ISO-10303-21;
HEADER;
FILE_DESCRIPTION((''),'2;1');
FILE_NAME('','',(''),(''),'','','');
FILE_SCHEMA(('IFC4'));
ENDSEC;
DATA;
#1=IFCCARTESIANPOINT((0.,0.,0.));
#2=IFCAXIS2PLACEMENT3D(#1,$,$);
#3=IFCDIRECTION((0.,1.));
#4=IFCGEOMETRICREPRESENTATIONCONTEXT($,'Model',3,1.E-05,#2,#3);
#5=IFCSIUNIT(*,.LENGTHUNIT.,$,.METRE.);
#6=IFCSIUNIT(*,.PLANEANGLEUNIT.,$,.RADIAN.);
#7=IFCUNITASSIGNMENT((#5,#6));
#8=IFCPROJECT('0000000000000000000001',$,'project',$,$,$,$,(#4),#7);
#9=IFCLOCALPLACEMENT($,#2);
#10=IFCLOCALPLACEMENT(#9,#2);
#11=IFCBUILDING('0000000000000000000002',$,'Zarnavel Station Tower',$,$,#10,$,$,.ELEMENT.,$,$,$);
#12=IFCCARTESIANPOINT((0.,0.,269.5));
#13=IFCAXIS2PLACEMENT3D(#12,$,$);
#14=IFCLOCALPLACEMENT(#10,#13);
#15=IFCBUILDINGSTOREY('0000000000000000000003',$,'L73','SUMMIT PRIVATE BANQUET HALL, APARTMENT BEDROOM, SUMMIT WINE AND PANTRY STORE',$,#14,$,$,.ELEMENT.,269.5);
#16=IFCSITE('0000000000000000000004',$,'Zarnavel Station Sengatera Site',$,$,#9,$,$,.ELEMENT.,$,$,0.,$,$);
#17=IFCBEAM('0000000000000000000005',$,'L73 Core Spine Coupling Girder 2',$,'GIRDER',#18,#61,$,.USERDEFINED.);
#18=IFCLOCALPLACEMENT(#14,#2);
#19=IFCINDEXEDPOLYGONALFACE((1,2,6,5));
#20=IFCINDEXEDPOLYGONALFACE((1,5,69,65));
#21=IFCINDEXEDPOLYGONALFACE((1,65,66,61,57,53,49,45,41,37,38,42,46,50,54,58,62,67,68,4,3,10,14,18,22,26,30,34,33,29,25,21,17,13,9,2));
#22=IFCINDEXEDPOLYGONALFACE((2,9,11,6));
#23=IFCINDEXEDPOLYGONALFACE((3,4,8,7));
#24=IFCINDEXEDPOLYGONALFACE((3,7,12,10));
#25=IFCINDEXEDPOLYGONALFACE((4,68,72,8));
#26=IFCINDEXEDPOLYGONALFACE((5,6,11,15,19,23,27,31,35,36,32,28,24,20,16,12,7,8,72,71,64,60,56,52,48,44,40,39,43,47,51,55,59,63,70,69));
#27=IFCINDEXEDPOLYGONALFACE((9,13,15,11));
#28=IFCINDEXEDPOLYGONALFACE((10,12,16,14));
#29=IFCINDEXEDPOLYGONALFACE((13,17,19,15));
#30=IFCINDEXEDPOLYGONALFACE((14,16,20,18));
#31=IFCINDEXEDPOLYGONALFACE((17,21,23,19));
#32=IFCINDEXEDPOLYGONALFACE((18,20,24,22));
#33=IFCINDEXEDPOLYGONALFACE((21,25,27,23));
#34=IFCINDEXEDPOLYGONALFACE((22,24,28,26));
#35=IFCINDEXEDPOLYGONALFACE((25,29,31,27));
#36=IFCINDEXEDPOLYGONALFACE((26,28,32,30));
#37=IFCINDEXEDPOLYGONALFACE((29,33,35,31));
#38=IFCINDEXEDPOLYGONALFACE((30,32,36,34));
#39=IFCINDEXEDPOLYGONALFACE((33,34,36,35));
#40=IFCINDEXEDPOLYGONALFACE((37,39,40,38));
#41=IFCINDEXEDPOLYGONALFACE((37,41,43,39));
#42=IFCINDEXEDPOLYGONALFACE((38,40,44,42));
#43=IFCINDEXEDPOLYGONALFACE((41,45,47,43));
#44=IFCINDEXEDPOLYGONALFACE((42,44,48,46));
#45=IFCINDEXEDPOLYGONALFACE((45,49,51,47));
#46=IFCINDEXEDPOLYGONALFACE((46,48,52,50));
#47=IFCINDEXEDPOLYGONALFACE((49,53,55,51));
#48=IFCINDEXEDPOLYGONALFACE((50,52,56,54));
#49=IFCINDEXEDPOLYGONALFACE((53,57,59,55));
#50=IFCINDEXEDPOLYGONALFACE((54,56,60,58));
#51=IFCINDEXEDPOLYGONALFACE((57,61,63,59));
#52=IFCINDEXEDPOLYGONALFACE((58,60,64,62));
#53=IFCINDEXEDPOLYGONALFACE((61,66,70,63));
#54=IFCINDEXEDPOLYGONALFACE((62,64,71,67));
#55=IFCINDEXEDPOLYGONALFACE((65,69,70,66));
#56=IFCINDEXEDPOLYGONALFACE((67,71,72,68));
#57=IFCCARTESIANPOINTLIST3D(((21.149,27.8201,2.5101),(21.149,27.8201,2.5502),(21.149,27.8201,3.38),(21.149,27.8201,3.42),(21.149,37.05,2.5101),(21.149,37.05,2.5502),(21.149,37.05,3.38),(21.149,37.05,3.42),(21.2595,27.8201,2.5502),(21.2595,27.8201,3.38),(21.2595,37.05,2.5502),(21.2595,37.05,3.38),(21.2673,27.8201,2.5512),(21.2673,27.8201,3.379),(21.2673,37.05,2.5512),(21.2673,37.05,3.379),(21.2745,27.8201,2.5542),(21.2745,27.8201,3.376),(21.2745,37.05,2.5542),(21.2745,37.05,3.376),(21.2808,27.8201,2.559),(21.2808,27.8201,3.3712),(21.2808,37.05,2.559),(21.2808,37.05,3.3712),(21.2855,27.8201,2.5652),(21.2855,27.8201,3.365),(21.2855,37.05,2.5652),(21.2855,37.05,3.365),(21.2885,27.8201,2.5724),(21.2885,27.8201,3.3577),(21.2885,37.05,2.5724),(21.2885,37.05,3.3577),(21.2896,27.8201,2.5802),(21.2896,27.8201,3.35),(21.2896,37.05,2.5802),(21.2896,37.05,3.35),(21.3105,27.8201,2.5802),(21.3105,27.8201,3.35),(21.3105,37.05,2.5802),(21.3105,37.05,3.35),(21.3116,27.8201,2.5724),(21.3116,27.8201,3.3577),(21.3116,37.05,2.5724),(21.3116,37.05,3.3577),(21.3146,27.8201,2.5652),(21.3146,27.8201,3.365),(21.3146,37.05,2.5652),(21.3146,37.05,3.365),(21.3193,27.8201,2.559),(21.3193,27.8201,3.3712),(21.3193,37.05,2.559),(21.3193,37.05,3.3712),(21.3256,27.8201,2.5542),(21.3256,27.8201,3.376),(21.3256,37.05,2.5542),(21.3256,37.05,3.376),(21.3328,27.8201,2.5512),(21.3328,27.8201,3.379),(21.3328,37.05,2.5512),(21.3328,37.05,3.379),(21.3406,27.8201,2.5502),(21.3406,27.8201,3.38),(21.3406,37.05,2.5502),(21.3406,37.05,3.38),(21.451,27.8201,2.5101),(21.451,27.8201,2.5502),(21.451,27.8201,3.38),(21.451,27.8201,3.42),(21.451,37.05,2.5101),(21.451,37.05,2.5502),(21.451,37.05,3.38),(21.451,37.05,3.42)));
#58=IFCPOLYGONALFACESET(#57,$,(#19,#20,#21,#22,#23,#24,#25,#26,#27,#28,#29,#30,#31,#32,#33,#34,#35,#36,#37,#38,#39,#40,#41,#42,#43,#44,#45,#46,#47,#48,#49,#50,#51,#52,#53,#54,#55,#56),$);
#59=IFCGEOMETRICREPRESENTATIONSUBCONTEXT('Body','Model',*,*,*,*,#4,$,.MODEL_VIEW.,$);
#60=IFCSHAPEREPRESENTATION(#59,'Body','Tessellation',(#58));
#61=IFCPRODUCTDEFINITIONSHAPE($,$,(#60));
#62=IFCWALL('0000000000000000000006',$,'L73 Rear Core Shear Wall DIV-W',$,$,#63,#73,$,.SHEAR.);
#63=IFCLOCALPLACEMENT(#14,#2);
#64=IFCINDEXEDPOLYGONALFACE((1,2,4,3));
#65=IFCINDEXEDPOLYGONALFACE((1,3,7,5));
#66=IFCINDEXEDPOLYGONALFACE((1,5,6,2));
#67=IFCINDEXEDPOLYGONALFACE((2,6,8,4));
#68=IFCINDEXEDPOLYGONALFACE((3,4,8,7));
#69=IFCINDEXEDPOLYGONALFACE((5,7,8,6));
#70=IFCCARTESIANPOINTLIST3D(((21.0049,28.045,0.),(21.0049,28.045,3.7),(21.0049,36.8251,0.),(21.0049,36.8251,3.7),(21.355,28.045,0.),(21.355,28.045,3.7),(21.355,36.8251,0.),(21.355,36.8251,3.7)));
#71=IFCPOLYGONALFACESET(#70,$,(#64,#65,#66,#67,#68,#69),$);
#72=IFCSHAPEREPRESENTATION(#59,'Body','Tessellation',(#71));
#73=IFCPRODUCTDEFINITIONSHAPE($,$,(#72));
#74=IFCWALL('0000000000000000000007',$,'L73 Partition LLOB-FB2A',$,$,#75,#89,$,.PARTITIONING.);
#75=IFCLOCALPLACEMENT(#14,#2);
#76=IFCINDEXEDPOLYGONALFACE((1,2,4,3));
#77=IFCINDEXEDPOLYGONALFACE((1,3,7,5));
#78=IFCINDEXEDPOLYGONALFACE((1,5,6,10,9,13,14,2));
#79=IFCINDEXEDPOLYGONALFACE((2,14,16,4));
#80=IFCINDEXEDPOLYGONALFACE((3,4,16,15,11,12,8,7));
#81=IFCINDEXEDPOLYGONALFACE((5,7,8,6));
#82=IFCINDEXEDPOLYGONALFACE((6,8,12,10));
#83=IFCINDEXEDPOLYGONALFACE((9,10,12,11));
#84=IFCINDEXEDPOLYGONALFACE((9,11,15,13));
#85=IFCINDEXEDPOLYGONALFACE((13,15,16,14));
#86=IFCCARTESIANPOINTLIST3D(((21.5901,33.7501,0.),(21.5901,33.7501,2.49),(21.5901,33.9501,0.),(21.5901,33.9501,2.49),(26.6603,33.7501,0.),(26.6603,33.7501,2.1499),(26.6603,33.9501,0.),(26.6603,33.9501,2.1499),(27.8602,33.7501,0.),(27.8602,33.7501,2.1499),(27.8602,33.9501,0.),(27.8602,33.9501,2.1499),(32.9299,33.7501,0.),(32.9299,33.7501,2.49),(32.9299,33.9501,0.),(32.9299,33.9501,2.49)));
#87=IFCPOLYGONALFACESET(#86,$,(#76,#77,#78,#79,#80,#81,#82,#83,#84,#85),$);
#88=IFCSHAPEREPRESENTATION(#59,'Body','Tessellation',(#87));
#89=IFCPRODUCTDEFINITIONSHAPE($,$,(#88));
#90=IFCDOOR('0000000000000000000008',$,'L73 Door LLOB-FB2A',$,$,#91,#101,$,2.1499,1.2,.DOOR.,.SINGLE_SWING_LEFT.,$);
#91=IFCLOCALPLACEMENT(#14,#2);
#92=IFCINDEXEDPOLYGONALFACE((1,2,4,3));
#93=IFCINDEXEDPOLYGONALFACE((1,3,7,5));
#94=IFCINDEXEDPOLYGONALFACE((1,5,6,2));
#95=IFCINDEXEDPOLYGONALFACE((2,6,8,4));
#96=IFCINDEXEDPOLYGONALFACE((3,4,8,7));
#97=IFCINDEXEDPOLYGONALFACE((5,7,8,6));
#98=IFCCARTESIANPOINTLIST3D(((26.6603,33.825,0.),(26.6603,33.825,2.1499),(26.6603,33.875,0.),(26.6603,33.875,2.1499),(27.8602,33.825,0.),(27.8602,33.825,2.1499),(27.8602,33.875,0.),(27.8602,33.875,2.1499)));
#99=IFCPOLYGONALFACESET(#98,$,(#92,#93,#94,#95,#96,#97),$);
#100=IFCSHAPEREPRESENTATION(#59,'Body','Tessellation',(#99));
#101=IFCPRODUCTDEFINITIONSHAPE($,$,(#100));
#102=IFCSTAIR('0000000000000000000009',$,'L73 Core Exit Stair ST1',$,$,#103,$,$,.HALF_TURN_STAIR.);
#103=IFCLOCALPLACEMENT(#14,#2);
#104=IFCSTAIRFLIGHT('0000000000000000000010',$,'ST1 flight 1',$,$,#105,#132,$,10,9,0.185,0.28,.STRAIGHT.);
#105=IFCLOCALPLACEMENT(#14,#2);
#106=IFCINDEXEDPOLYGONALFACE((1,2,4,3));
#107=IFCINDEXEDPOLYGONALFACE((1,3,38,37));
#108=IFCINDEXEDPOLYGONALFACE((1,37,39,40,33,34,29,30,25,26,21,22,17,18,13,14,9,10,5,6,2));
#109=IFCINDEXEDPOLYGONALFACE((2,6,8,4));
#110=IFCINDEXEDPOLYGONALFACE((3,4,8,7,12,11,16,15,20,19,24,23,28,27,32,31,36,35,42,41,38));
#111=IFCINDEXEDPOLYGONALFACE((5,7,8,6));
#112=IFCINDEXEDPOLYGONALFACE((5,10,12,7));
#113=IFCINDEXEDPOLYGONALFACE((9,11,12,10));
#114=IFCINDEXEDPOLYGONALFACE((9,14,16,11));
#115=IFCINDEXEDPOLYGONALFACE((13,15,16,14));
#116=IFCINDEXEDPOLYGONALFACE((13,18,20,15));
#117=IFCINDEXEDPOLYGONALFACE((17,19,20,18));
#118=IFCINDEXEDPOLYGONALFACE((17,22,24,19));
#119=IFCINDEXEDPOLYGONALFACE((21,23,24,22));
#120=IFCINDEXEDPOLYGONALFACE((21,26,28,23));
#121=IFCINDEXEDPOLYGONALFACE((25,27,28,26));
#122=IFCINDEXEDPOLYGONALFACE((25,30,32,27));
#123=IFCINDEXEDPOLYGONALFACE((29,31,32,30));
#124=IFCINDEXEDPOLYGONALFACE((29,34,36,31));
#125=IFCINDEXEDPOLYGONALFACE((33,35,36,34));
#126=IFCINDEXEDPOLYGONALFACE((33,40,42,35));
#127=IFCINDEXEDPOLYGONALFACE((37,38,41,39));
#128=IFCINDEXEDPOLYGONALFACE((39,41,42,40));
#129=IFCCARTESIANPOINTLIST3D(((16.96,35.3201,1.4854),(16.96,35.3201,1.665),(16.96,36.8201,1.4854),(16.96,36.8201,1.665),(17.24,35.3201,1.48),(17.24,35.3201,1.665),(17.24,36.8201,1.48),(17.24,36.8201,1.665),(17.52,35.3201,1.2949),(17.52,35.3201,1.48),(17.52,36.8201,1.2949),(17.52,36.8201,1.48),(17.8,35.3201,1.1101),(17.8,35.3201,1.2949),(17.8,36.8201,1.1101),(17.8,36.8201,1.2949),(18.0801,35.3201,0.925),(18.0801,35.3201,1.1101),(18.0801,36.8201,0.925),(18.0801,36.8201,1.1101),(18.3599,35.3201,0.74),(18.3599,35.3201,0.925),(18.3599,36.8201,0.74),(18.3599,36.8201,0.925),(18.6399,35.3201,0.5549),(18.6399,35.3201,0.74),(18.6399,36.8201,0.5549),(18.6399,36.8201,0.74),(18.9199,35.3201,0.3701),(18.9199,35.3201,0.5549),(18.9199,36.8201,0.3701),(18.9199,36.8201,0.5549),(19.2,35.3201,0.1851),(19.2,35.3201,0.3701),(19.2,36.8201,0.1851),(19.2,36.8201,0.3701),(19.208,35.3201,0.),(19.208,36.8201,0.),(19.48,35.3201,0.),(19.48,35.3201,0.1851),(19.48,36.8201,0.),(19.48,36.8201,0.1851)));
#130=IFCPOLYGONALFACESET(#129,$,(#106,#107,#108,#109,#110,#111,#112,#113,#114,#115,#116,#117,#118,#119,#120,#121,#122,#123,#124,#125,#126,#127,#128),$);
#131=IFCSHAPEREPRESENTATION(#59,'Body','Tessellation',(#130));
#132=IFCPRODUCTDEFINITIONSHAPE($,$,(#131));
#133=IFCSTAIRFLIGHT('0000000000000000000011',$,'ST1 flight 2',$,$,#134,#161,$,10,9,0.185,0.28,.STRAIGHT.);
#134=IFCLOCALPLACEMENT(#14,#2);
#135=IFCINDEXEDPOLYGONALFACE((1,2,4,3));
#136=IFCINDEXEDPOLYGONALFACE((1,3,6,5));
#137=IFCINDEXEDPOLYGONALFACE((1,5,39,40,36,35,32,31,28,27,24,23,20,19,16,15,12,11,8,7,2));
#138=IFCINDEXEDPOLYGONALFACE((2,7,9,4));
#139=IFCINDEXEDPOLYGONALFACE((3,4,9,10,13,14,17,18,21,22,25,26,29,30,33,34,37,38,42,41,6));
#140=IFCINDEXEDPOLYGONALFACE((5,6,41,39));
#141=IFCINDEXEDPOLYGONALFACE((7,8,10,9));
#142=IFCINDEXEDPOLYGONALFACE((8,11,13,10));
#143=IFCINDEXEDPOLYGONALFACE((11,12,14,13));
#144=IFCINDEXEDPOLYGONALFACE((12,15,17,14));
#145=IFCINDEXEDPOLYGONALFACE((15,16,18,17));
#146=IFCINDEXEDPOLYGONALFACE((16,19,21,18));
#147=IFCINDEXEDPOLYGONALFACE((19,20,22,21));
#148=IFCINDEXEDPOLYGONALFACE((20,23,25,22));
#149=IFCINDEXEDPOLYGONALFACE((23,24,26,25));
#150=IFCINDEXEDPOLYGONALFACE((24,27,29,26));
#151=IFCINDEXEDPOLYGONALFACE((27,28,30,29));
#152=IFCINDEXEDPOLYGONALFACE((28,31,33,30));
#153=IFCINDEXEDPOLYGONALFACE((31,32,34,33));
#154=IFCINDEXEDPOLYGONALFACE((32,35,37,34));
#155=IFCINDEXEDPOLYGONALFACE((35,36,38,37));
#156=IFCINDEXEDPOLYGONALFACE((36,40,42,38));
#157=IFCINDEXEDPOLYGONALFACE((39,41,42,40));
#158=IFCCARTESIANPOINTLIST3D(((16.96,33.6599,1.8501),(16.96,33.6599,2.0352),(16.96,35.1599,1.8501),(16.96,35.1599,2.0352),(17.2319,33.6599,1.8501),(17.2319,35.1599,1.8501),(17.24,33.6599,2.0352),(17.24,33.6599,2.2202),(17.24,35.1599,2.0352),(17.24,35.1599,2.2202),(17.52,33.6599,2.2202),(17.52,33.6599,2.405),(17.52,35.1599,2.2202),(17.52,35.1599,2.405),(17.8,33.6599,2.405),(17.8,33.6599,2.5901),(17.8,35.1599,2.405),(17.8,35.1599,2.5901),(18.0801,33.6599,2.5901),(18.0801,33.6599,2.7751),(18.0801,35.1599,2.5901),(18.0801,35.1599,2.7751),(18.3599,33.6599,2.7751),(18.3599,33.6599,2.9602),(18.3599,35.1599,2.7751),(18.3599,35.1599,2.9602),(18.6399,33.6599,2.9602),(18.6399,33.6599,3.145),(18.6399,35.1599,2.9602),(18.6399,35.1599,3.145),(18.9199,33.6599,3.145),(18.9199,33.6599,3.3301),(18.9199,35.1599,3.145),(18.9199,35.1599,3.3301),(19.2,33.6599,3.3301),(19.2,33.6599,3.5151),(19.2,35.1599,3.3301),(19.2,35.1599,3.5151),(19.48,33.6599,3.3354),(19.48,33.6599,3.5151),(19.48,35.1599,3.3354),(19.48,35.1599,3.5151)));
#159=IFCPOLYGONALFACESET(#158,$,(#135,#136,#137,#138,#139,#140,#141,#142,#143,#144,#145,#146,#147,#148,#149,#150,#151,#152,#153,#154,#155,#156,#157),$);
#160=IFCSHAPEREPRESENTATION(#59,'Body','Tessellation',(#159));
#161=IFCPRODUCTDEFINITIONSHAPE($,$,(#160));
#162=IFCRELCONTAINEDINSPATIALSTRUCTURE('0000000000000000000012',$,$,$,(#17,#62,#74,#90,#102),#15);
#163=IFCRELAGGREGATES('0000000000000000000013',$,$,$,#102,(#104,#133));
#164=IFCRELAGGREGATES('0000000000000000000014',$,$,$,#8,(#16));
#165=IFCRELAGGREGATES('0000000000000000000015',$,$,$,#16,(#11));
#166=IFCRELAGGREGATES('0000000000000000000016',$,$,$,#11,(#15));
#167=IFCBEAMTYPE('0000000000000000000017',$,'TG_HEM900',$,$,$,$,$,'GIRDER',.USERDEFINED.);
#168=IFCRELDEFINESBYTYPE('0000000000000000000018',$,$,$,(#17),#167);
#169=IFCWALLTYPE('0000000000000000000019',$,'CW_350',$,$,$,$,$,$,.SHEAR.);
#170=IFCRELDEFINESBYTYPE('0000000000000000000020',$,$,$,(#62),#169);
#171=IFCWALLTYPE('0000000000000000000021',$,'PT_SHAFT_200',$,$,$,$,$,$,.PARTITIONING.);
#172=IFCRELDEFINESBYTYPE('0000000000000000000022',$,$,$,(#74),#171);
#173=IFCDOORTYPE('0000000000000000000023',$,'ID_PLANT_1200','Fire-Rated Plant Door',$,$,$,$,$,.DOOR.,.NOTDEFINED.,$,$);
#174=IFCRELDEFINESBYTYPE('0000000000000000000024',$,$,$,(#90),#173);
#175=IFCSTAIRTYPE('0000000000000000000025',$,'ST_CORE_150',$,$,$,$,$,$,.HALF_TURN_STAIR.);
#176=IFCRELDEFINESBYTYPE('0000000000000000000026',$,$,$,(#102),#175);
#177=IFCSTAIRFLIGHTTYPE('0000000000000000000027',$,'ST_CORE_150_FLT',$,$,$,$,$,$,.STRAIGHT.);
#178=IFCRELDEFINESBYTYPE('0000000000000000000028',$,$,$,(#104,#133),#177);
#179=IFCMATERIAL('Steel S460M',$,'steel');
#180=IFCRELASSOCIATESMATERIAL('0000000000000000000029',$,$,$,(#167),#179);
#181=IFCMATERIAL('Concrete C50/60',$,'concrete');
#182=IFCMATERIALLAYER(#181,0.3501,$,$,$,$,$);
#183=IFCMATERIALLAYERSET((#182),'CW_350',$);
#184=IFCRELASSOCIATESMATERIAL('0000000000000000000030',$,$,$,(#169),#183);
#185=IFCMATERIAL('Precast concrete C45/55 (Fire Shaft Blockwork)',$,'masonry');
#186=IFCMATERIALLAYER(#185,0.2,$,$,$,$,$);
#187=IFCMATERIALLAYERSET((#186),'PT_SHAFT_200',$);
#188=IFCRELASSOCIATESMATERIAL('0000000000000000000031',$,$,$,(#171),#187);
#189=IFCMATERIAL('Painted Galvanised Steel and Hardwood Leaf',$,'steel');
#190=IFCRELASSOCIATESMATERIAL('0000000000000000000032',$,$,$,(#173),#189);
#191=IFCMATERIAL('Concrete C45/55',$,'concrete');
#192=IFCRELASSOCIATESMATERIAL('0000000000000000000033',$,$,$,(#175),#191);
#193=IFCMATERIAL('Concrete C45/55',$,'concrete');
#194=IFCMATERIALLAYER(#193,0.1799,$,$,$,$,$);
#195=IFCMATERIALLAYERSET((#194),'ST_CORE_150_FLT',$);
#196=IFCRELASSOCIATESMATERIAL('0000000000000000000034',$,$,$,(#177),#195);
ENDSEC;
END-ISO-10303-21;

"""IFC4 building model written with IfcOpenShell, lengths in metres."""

from ifc_helpers import new_model, si_unit, direction, frame, frame_2d, origin, origin_2d, place, context, subcontext, project, spatial, polyline, rectangle, i_section, outline, extrude, material, layer, layer_set, material_profile, profile_set, type_object, element, fill, aggregate, save


model = new_model("IFC4")

# Units and contexts
model_context = context("Model", 3, precision=1e-05, world=origin(), true_north=direction((0.0, 1.0)))
body_context = subcontext(model_context, "Body", "Model", "MODEL_VIEW")
ifc_project = project(units=[si_unit("LENGTHUNIT", "METRE"), si_unit("PLANEANGLEUNIT", "RADIAN")], contexts=[model_context])

# Site, building, storey
site_placement = place(None, origin())
site = spatial("IfcSite", under=ifc_project, at=site_placement, Name="Zarnavel Station Sengatera Site", CompositionType="ELEMENT", RefElevation=0.0)
building_placement = place(site_placement, origin())
building = spatial("IfcBuilding", under=site, at=building_placement, Name="Zarnavel Station Tower", CompositionType="ELEMENT")
storey_placement = place(building_placement, frame((0.0, 0.0, 269.5)))
storey = spatial("IfcBuildingStorey", under=building, at=storey_placement, Name="L73", Description="SUMMIT PRIVATE BANQUET HALL, APARTMENT BEDROOM, SUMMIT WINE AND PANTRY STORE", CompositionType="ELEMENT", Elevation=269.5)

# Beam
ifc_material_1 = material(Name="Steel S460M", Category="steel")
ifc_material_profile_1 = material_profile(ifc_material_1, i_section(OverallWidth=0.302, OverallDepth=0.9099, WebThickness=0.021, FlangeThickness=0.04, FilletRadius=0.03, at=origin_2d()), Name="HEM900")
ifc_profile_set_1 = profile_set([ifc_material_profile_1], Name="Steel S460M")
beam_type_1 = type_object("IfcBeamType", Name="TG_HEM900", ElementType="GIRDER", PredefinedType="USERDEFINED", material=ifc_profile_set_1)
beam_1_placement = place(storey_placement, frame((21.3, 27.8201, 2.9651), z_axis=(0.0, 1.0, 0.0), x_axis=(-1.0, 0.0, 0.0)))
element("IfcBeam", 1, at=beam_1_placement, inside=storey, type_object=beam_type_1, Name="L73 Core Spine Coupling Girder 2", ObjectType="GIRDER", PredefinedType="USERDEFINED", context=body_context, shape_type="SweptSolid", body=[
    extrude(i_section(OverallWidth=0.302, OverallDepth=0.9099, WebThickness=0.021, FlangeThickness=0.04, FilletRadius=0.03, at=origin_2d()), origin(), (0.0, 0.0, 1.0), 9.23),
])

# Wall
ifc_material_2 = material(Name="Concrete C50/60", Category="concrete")
ifc_layer_1 = layer(ifc_material_2, 0.3501)
ifc_layer_set_1 = layer_set([ifc_layer_1], Name="CW_350")
wall_type_1 = type_object("IfcWallType", Name="CW_350", PredefinedType="SHEAR", material=ifc_layer_set_1)
wall_1_placement = place(storey_placement, frame((21.1799, 28.0449, 0.0), z_axis=(0.0, 0.0, 1.0), x_axis=(0.0, 1.0, 0.0)))
element("IfcWall", 2, at=wall_1_placement, inside=storey, type_object=wall_type_1, Name="L73 Rear Core Shear Wall DIV-W", PredefinedType="SHEAR", context=body_context, shape_type="SweptSolid", body=[
    extrude(rectangle(XDim=8.78, YDim=0.3501, at=frame_2d((4.3901, 0.0))), origin(), (0.0, 0.0, 1.0), 3.7),
])

# Wall, opening, door
ifc_material_3 = material(Name="Precast concrete C45/55 (Fire Shaft Blockwork)", Category="masonry")
ifc_layer_2 = layer(ifc_material_3, 0.2)
ifc_layer_set_2 = layer_set([ifc_layer_2], Name="PT_SHAFT_200")
wall_type_2 = type_object("IfcWallType", Name="PT_SHAFT_200", PredefinedType="PARTITIONING", material=ifc_layer_set_2)
ifc_material_4 = material(Name="Painted Galvanised Steel and Hardwood Leaf", Category="steel")
door_type_1 = type_object("IfcDoorType", Name="ID_PLANT_1200", Description="Fire-Rated Plant Door", OperationType="NOTDEFINED", PredefinedType="DOOR", material=ifc_material_4)
wall_2_placement = place(storey_placement, frame((21.5901, 33.8501, 0.0), z_axis=(0.0, 0.0, 1.0), x_axis=(1.0, 0.0, 0.0)))
wall_2 = element("IfcWall", 3, at=wall_2_placement, inside=storey, type_object=wall_type_2, Name="L73 Partition LLOB-FB2A", PredefinedType="PARTITIONING", context=body_context, shape_type="SweptSolid", body=[
    extrude(rectangle(XDim=11.3398, YDim=0.2, at=frame_2d((5.6699, 0.0))), origin(), (0.0, 0.0, 1.0), 2.49),
])
opening_1_placement = place(wall_2_placement, frame((5.0701, 0.0, 0.0)))
opening_1 = element("IfcOpeningElement", 4, at=opening_1_placement, cuts=wall_2, PredefinedType="OPENING", context=body_context, shape_type="SweptSolid", body=[
    extrude(rectangle(XDim=1.2, YDim=2.1499, at=frame_2d((0.6001, 1.075))), frame((0.0, 0.1099, 0.0), z_axis=(0.0, -1.0, 0.0), x_axis=(1.0, 0.0, 0.0)), (0.0, 0.0, 1.0), 0.22),
])
door_1_placement = place(opening_1_placement, origin())
door_1 = element("IfcDoor", 5, at=door_1_placement, inside=storey, type_object=door_type_1, Name="L73 Door LLOB-FB2A", OperationType="SINGLE_SWING_LEFT", OverallHeight=2.1499, OverallWidth=1.2, PredefinedType="DOOR", context=body_context, shape_type="SweptSolid", body=[
    extrude(rectangle(XDim=1.2, YDim=2.1499, at=frame_2d((0.6001, 1.075))), frame((0.0, 0.0249, 0.0), z_axis=(0.0, -1.0, 0.0), x_axis=(1.0, 0.0, 0.0)), (0.0, 0.0, 1.0), 0.05),
])
fill(opening_1, door_1)

# Stair, stair flights
ifc_material_5 = material(Name="Concrete C45/55", Category="concrete")
stair_type = type_object("IfcStairType", Name="ST_CORE_150", PredefinedType="HALF_TURN_STAIR", material=ifc_material_5)
stair_placement = place(storey_placement, origin())
stair = element("IfcStair", 6, at=stair_placement, inside=storey, type_object=stair_type, Name="L73 Core Exit Stair ST1", PredefinedType="HALF_TURN_STAIR")
ifc_material_6 = material(Name="Concrete C45/55", Category="concrete")
ifc_layer_3 = layer(ifc_material_6, 0.1799)
ifc_layer_set_3 = layer_set([ifc_layer_3], Name="ST_CORE_150_FLT")
stair_flight_type = type_object("IfcStairFlightType", Name="ST_CORE_150_FLT", PredefinedType="STRAIGHT", material=ifc_layer_set_3)
stair_flight_1_placement = place(storey_placement, frame((19.48, 36.0701, 0.0), z_axis=(0.0, 0.0, 1.0), x_axis=(-1.0, 0.0, 0.0)))
stair_flight_1 = element("IfcStairFlight", 7, at=stair_flight_1_placement, type_object=stair_flight_type, Name="ST1 flight 1", NumberOfRisers=10, NumberOfTreads=9, PredefinedType="STRAIGHT", RiserHeight=0.185, TreadLength=0.28, context=body_context, shape_type="SweptSolid", body=[
    extrude(outline(polyline([(0.0, 0.0), (0.0, 0.1851), (0.28, 0.1851), (0.28, 0.3701), (0.5601, 0.3701), (0.5601, 0.5549), (0.8401, 0.5549), (0.8401, 0.74), (1.1201, 0.74), (1.1201, 0.925), (1.3999, 0.925), (1.3999, 1.1101), (1.6799, 1.1101), (1.6799, 1.2949), (1.96, 1.2949), (1.96, 1.48), (2.24, 1.48), (2.24, 1.665), (2.52, 1.665), (2.52, 1.8501), (2.52, 1.4854), (0.272, 0.0), (0.0, 0.0)])), frame((0.0, 0.75, 0.0), z_axis=(0.0, -1.0, 0.0), x_axis=(1.0, 0.0, 0.0)), (0.0, 0.0, 1.0), 1.5),
])
stair_flight_2_placement = place(storey_placement, frame((16.96, 34.4099, 1.8501), z_axis=(0.0, 0.0, 1.0), x_axis=(1.0, 0.0, 0.0)))
stair_flight_2 = element("IfcStairFlight", 8, at=stair_flight_2_placement, type_object=stair_flight_type, Name="ST1 flight 2", NumberOfRisers=10, NumberOfTreads=9, PredefinedType="STRAIGHT", RiserHeight=0.185, TreadLength=0.28, context=body_context, shape_type="SweptSolid", body=[
    extrude(outline(polyline([(0.0, 0.0), (0.0, 0.1851), (0.28, 0.1851), (0.28, 0.3701), (0.5601, 0.3701), (0.5601, 0.5549), (0.8401, 0.5549), (0.8401, 0.74), (1.1201, 0.74), (1.1201, 0.925), (1.3999, 0.925), (1.3999, 1.1101), (1.6799, 1.1101), (1.6799, 1.2949), (1.96, 1.2949), (1.96, 1.48), (2.24, 1.48), (2.24, 1.665), (2.52, 1.665), (2.52, 1.8501), (2.52, 1.4854), (0.272, 0.0), (0.0, 0.0)])), frame((0.0, 0.75, 0.0), z_axis=(0.0, -1.0, 0.0), x_axis=(1.0, 0.0, 0.0)), (0.0, 0.0, 1.0), 1.5),
])
aggregate(stair, [stair_flight_1, stair_flight_2])

save(model, "model.ifc")
